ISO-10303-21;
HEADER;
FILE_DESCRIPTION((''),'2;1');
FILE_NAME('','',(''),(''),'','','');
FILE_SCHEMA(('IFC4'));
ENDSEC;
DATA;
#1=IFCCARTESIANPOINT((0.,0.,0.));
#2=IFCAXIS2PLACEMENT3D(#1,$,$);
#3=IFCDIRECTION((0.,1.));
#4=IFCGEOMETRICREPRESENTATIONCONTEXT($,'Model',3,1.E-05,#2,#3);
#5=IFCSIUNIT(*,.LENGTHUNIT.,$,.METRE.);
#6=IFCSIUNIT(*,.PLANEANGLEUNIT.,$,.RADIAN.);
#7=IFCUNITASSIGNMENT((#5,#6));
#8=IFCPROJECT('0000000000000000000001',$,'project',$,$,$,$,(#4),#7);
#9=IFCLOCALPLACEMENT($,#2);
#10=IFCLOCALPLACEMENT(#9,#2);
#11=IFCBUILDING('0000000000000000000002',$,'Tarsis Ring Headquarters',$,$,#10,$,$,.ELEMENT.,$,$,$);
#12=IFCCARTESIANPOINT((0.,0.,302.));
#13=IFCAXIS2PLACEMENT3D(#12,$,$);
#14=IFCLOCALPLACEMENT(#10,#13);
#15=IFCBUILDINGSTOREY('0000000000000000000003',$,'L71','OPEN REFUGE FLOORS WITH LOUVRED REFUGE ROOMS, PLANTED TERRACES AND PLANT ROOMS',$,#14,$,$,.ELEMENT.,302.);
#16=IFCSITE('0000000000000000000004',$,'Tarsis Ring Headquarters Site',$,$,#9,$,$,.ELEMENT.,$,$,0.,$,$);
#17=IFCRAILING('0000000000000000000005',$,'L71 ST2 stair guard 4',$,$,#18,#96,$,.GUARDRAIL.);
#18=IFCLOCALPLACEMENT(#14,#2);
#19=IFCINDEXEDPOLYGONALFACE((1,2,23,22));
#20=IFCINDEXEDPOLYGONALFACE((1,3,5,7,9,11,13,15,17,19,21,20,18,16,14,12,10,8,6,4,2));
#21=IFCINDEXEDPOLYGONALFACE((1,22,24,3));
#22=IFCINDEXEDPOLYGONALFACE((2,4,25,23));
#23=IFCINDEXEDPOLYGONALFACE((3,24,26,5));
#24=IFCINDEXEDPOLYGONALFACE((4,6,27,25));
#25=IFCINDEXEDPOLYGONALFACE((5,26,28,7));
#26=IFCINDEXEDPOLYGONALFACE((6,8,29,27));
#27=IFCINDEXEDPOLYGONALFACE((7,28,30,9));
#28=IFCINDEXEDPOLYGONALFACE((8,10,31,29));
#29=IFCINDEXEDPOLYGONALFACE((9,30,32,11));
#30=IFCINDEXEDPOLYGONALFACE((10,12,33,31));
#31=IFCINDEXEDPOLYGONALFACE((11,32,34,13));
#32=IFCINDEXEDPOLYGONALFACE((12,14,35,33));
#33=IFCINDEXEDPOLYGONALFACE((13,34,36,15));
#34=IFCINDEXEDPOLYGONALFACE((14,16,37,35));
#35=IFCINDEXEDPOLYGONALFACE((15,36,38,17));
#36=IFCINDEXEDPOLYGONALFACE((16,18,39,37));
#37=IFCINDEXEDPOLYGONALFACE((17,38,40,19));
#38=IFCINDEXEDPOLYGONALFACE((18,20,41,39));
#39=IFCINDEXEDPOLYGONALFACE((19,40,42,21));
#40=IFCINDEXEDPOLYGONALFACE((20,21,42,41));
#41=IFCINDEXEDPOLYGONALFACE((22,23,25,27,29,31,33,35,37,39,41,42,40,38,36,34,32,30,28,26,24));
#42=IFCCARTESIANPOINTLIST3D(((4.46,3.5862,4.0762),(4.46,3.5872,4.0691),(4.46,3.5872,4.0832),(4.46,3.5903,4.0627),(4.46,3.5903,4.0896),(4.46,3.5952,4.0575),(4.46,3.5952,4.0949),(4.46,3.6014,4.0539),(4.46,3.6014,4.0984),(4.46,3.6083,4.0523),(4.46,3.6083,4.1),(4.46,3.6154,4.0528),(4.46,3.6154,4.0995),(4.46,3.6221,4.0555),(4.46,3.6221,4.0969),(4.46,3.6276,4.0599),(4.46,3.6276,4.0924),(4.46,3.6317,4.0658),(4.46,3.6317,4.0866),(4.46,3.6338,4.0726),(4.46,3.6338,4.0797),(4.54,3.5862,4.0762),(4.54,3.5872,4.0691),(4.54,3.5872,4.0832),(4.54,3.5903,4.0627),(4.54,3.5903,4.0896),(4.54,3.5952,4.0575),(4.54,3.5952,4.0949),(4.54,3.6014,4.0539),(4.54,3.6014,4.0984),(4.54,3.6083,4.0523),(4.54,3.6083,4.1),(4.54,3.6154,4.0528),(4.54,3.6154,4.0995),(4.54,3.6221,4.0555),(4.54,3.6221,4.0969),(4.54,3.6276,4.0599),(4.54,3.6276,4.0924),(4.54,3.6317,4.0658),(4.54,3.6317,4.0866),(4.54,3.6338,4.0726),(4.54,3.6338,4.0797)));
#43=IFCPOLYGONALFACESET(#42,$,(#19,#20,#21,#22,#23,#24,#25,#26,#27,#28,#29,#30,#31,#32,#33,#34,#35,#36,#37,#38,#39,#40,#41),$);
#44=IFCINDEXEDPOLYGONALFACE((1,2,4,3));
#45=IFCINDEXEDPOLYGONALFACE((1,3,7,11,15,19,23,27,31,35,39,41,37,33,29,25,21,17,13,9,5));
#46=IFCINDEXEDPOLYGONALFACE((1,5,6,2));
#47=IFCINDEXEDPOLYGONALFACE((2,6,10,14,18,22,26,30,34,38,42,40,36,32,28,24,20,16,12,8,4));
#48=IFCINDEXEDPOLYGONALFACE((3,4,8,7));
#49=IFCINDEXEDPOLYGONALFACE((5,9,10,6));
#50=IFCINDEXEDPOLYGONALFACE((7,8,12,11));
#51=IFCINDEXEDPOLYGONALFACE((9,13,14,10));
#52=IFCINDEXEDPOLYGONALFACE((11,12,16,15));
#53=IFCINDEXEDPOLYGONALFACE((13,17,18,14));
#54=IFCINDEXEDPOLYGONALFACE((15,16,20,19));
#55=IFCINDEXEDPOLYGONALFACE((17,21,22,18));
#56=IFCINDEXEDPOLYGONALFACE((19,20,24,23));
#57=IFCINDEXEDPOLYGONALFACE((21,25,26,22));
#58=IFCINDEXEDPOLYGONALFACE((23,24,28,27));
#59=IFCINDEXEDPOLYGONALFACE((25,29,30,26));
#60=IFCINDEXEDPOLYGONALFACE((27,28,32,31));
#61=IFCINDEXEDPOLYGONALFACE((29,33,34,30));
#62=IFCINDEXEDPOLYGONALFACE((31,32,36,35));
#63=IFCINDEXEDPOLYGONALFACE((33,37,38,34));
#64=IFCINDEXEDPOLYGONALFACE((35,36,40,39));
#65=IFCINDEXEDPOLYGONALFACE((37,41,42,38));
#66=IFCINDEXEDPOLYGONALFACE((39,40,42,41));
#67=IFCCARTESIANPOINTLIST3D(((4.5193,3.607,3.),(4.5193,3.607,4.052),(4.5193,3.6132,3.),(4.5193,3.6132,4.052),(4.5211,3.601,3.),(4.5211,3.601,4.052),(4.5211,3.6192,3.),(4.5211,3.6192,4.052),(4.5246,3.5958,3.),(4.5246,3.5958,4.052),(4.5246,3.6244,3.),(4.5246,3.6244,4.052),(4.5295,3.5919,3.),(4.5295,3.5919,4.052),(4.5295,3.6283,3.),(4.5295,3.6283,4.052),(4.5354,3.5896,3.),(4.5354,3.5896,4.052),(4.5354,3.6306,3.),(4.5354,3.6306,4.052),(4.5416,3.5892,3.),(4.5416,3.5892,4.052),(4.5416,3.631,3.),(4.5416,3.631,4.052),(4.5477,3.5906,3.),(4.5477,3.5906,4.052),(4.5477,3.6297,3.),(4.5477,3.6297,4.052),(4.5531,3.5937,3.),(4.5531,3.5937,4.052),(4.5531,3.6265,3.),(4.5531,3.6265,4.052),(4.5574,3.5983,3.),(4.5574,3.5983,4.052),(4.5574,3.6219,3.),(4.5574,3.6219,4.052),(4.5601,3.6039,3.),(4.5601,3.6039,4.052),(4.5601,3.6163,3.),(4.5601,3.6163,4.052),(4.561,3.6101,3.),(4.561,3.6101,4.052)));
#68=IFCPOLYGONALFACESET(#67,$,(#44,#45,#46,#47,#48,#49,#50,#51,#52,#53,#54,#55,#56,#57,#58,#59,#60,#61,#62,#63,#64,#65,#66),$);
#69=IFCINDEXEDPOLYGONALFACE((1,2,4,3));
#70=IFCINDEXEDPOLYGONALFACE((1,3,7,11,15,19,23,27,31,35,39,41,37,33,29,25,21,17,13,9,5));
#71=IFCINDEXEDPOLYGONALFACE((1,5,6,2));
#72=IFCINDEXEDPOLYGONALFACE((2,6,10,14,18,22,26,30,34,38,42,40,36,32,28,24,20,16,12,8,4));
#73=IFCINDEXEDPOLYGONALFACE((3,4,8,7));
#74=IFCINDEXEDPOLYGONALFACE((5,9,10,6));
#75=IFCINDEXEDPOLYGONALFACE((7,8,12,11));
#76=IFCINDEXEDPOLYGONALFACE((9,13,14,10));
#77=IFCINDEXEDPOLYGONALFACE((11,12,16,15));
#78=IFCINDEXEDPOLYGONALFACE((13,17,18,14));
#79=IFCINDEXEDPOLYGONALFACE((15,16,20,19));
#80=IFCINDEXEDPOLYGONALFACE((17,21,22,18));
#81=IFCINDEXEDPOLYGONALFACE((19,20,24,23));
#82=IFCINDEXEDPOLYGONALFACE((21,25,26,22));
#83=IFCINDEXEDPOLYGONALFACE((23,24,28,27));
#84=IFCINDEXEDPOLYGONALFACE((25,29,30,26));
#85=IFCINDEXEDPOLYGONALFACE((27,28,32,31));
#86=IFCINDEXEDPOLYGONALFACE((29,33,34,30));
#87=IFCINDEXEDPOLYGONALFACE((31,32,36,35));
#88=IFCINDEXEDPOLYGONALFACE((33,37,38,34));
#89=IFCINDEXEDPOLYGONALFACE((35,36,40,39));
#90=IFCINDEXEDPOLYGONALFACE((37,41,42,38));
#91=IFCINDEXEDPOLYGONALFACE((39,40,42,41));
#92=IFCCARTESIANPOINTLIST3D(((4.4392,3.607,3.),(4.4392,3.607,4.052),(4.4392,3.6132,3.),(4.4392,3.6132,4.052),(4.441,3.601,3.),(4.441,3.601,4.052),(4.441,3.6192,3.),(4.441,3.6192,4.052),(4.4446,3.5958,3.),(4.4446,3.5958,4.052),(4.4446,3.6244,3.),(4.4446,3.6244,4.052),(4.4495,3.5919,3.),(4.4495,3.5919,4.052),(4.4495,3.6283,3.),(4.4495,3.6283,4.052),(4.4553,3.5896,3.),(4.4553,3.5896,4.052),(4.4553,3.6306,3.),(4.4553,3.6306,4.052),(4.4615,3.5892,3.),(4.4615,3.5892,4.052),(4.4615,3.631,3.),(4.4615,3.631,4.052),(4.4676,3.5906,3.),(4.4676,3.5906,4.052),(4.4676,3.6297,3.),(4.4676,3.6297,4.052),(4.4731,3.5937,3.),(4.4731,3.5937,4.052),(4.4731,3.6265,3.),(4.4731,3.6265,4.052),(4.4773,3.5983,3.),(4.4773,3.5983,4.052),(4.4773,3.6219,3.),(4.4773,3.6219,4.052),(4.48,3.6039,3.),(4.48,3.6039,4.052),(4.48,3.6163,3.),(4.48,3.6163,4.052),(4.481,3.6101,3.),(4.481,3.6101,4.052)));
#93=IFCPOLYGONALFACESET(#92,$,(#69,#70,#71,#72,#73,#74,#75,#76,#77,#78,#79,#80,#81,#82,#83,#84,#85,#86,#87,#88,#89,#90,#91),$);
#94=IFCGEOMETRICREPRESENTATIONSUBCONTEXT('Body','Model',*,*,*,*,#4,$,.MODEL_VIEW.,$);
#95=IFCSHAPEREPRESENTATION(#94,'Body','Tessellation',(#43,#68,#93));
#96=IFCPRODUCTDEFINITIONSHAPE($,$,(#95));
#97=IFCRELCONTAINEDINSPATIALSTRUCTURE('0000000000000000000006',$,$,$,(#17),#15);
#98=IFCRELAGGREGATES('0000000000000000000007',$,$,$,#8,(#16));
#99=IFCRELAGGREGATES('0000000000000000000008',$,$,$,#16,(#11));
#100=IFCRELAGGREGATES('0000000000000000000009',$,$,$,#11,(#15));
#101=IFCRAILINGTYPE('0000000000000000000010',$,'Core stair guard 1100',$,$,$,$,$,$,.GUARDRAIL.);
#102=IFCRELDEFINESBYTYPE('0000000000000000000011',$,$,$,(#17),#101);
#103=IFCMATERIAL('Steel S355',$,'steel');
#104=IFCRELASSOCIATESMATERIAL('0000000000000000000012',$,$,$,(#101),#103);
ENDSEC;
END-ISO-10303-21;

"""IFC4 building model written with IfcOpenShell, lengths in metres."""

from ifc_helpers import new_model, si_unit, direction, frame, origin, origin_2d, place, context, subcontext, project, spatial, circle, extrude, material, type_object, element, save


model = new_model("IFC4")

# Units and contexts
model_context = context("Model", 3, precision=1e-05, world=origin(), true_north=direction((0.0, 1.0)))
body_context = subcontext(model_context, "Body", "Model", "MODEL_VIEW")
ifc_project = project(units=[si_unit("LENGTHUNIT", "METRE"), si_unit("PLANEANGLEUNIT", "RADIAN")], contexts=[model_context])

# Site, building, storey
site_placement = place(None, origin())
site = spatial("IfcSite", under=ifc_project, at=site_placement, Name="Tarsis Ring Headquarters Site", CompositionType="ELEMENT", RefElevation=0.0)
building_placement = place(site_placement, origin())
building = spatial("IfcBuilding", under=site, at=building_placement, Name="Tarsis Ring Headquarters", CompositionType="ELEMENT")
storey_placement = place(building_placement, frame((0.0, 0.0, 302.0)))
storey = spatial("IfcBuildingStorey", under=building, at=storey_placement, Name="L71", Description="OPEN REFUGE FLOORS WITH LOUVRED REFUGE ROOMS, PLANTED TERRACES AND PLANT ROOMS", CompositionType="ELEMENT", Elevation=302.0)

# Railing
ifc_material_1 = material(Name="Steel S355", Category="steel")
railing_type_1 = type_object("IfcRailingType", Name="Core stair guard 1100", PredefinedType="GUARDRAIL", material=ifc_material_1)
railing_1_placement = place(storey_placement, frame((4.54, 3.6101, 3.0)))
element("IfcRailing", 1, at=railing_1_placement, inside=storey, type_object=railing_type_1, Name="L71 ST2 stair guard 4", PredefinedType="GUARDRAIL", context=body_context, shape_type="SweptSolid", body=[
    extrude(circle(Radius=0.0239, at=origin_2d()), frame((0.0, 0.0, 1.0762), z_axis=(-1.0, 0.0, 0.0), x_axis=(0.0, -1.0, 0.0)), (0.0, 0.0, 1.0), 0.0801),
    extrude(circle(Radius=0.021, at=origin_2d()), origin(), (0.0, 0.0, 1.0), 1.052),
    extrude(circle(Radius=0.021, at=origin_2d()), frame((-0.0801, 0.0, 0.0)), (0.0, 0.0, 1.0), 1.052),
])

save(model, "model.ifc")
